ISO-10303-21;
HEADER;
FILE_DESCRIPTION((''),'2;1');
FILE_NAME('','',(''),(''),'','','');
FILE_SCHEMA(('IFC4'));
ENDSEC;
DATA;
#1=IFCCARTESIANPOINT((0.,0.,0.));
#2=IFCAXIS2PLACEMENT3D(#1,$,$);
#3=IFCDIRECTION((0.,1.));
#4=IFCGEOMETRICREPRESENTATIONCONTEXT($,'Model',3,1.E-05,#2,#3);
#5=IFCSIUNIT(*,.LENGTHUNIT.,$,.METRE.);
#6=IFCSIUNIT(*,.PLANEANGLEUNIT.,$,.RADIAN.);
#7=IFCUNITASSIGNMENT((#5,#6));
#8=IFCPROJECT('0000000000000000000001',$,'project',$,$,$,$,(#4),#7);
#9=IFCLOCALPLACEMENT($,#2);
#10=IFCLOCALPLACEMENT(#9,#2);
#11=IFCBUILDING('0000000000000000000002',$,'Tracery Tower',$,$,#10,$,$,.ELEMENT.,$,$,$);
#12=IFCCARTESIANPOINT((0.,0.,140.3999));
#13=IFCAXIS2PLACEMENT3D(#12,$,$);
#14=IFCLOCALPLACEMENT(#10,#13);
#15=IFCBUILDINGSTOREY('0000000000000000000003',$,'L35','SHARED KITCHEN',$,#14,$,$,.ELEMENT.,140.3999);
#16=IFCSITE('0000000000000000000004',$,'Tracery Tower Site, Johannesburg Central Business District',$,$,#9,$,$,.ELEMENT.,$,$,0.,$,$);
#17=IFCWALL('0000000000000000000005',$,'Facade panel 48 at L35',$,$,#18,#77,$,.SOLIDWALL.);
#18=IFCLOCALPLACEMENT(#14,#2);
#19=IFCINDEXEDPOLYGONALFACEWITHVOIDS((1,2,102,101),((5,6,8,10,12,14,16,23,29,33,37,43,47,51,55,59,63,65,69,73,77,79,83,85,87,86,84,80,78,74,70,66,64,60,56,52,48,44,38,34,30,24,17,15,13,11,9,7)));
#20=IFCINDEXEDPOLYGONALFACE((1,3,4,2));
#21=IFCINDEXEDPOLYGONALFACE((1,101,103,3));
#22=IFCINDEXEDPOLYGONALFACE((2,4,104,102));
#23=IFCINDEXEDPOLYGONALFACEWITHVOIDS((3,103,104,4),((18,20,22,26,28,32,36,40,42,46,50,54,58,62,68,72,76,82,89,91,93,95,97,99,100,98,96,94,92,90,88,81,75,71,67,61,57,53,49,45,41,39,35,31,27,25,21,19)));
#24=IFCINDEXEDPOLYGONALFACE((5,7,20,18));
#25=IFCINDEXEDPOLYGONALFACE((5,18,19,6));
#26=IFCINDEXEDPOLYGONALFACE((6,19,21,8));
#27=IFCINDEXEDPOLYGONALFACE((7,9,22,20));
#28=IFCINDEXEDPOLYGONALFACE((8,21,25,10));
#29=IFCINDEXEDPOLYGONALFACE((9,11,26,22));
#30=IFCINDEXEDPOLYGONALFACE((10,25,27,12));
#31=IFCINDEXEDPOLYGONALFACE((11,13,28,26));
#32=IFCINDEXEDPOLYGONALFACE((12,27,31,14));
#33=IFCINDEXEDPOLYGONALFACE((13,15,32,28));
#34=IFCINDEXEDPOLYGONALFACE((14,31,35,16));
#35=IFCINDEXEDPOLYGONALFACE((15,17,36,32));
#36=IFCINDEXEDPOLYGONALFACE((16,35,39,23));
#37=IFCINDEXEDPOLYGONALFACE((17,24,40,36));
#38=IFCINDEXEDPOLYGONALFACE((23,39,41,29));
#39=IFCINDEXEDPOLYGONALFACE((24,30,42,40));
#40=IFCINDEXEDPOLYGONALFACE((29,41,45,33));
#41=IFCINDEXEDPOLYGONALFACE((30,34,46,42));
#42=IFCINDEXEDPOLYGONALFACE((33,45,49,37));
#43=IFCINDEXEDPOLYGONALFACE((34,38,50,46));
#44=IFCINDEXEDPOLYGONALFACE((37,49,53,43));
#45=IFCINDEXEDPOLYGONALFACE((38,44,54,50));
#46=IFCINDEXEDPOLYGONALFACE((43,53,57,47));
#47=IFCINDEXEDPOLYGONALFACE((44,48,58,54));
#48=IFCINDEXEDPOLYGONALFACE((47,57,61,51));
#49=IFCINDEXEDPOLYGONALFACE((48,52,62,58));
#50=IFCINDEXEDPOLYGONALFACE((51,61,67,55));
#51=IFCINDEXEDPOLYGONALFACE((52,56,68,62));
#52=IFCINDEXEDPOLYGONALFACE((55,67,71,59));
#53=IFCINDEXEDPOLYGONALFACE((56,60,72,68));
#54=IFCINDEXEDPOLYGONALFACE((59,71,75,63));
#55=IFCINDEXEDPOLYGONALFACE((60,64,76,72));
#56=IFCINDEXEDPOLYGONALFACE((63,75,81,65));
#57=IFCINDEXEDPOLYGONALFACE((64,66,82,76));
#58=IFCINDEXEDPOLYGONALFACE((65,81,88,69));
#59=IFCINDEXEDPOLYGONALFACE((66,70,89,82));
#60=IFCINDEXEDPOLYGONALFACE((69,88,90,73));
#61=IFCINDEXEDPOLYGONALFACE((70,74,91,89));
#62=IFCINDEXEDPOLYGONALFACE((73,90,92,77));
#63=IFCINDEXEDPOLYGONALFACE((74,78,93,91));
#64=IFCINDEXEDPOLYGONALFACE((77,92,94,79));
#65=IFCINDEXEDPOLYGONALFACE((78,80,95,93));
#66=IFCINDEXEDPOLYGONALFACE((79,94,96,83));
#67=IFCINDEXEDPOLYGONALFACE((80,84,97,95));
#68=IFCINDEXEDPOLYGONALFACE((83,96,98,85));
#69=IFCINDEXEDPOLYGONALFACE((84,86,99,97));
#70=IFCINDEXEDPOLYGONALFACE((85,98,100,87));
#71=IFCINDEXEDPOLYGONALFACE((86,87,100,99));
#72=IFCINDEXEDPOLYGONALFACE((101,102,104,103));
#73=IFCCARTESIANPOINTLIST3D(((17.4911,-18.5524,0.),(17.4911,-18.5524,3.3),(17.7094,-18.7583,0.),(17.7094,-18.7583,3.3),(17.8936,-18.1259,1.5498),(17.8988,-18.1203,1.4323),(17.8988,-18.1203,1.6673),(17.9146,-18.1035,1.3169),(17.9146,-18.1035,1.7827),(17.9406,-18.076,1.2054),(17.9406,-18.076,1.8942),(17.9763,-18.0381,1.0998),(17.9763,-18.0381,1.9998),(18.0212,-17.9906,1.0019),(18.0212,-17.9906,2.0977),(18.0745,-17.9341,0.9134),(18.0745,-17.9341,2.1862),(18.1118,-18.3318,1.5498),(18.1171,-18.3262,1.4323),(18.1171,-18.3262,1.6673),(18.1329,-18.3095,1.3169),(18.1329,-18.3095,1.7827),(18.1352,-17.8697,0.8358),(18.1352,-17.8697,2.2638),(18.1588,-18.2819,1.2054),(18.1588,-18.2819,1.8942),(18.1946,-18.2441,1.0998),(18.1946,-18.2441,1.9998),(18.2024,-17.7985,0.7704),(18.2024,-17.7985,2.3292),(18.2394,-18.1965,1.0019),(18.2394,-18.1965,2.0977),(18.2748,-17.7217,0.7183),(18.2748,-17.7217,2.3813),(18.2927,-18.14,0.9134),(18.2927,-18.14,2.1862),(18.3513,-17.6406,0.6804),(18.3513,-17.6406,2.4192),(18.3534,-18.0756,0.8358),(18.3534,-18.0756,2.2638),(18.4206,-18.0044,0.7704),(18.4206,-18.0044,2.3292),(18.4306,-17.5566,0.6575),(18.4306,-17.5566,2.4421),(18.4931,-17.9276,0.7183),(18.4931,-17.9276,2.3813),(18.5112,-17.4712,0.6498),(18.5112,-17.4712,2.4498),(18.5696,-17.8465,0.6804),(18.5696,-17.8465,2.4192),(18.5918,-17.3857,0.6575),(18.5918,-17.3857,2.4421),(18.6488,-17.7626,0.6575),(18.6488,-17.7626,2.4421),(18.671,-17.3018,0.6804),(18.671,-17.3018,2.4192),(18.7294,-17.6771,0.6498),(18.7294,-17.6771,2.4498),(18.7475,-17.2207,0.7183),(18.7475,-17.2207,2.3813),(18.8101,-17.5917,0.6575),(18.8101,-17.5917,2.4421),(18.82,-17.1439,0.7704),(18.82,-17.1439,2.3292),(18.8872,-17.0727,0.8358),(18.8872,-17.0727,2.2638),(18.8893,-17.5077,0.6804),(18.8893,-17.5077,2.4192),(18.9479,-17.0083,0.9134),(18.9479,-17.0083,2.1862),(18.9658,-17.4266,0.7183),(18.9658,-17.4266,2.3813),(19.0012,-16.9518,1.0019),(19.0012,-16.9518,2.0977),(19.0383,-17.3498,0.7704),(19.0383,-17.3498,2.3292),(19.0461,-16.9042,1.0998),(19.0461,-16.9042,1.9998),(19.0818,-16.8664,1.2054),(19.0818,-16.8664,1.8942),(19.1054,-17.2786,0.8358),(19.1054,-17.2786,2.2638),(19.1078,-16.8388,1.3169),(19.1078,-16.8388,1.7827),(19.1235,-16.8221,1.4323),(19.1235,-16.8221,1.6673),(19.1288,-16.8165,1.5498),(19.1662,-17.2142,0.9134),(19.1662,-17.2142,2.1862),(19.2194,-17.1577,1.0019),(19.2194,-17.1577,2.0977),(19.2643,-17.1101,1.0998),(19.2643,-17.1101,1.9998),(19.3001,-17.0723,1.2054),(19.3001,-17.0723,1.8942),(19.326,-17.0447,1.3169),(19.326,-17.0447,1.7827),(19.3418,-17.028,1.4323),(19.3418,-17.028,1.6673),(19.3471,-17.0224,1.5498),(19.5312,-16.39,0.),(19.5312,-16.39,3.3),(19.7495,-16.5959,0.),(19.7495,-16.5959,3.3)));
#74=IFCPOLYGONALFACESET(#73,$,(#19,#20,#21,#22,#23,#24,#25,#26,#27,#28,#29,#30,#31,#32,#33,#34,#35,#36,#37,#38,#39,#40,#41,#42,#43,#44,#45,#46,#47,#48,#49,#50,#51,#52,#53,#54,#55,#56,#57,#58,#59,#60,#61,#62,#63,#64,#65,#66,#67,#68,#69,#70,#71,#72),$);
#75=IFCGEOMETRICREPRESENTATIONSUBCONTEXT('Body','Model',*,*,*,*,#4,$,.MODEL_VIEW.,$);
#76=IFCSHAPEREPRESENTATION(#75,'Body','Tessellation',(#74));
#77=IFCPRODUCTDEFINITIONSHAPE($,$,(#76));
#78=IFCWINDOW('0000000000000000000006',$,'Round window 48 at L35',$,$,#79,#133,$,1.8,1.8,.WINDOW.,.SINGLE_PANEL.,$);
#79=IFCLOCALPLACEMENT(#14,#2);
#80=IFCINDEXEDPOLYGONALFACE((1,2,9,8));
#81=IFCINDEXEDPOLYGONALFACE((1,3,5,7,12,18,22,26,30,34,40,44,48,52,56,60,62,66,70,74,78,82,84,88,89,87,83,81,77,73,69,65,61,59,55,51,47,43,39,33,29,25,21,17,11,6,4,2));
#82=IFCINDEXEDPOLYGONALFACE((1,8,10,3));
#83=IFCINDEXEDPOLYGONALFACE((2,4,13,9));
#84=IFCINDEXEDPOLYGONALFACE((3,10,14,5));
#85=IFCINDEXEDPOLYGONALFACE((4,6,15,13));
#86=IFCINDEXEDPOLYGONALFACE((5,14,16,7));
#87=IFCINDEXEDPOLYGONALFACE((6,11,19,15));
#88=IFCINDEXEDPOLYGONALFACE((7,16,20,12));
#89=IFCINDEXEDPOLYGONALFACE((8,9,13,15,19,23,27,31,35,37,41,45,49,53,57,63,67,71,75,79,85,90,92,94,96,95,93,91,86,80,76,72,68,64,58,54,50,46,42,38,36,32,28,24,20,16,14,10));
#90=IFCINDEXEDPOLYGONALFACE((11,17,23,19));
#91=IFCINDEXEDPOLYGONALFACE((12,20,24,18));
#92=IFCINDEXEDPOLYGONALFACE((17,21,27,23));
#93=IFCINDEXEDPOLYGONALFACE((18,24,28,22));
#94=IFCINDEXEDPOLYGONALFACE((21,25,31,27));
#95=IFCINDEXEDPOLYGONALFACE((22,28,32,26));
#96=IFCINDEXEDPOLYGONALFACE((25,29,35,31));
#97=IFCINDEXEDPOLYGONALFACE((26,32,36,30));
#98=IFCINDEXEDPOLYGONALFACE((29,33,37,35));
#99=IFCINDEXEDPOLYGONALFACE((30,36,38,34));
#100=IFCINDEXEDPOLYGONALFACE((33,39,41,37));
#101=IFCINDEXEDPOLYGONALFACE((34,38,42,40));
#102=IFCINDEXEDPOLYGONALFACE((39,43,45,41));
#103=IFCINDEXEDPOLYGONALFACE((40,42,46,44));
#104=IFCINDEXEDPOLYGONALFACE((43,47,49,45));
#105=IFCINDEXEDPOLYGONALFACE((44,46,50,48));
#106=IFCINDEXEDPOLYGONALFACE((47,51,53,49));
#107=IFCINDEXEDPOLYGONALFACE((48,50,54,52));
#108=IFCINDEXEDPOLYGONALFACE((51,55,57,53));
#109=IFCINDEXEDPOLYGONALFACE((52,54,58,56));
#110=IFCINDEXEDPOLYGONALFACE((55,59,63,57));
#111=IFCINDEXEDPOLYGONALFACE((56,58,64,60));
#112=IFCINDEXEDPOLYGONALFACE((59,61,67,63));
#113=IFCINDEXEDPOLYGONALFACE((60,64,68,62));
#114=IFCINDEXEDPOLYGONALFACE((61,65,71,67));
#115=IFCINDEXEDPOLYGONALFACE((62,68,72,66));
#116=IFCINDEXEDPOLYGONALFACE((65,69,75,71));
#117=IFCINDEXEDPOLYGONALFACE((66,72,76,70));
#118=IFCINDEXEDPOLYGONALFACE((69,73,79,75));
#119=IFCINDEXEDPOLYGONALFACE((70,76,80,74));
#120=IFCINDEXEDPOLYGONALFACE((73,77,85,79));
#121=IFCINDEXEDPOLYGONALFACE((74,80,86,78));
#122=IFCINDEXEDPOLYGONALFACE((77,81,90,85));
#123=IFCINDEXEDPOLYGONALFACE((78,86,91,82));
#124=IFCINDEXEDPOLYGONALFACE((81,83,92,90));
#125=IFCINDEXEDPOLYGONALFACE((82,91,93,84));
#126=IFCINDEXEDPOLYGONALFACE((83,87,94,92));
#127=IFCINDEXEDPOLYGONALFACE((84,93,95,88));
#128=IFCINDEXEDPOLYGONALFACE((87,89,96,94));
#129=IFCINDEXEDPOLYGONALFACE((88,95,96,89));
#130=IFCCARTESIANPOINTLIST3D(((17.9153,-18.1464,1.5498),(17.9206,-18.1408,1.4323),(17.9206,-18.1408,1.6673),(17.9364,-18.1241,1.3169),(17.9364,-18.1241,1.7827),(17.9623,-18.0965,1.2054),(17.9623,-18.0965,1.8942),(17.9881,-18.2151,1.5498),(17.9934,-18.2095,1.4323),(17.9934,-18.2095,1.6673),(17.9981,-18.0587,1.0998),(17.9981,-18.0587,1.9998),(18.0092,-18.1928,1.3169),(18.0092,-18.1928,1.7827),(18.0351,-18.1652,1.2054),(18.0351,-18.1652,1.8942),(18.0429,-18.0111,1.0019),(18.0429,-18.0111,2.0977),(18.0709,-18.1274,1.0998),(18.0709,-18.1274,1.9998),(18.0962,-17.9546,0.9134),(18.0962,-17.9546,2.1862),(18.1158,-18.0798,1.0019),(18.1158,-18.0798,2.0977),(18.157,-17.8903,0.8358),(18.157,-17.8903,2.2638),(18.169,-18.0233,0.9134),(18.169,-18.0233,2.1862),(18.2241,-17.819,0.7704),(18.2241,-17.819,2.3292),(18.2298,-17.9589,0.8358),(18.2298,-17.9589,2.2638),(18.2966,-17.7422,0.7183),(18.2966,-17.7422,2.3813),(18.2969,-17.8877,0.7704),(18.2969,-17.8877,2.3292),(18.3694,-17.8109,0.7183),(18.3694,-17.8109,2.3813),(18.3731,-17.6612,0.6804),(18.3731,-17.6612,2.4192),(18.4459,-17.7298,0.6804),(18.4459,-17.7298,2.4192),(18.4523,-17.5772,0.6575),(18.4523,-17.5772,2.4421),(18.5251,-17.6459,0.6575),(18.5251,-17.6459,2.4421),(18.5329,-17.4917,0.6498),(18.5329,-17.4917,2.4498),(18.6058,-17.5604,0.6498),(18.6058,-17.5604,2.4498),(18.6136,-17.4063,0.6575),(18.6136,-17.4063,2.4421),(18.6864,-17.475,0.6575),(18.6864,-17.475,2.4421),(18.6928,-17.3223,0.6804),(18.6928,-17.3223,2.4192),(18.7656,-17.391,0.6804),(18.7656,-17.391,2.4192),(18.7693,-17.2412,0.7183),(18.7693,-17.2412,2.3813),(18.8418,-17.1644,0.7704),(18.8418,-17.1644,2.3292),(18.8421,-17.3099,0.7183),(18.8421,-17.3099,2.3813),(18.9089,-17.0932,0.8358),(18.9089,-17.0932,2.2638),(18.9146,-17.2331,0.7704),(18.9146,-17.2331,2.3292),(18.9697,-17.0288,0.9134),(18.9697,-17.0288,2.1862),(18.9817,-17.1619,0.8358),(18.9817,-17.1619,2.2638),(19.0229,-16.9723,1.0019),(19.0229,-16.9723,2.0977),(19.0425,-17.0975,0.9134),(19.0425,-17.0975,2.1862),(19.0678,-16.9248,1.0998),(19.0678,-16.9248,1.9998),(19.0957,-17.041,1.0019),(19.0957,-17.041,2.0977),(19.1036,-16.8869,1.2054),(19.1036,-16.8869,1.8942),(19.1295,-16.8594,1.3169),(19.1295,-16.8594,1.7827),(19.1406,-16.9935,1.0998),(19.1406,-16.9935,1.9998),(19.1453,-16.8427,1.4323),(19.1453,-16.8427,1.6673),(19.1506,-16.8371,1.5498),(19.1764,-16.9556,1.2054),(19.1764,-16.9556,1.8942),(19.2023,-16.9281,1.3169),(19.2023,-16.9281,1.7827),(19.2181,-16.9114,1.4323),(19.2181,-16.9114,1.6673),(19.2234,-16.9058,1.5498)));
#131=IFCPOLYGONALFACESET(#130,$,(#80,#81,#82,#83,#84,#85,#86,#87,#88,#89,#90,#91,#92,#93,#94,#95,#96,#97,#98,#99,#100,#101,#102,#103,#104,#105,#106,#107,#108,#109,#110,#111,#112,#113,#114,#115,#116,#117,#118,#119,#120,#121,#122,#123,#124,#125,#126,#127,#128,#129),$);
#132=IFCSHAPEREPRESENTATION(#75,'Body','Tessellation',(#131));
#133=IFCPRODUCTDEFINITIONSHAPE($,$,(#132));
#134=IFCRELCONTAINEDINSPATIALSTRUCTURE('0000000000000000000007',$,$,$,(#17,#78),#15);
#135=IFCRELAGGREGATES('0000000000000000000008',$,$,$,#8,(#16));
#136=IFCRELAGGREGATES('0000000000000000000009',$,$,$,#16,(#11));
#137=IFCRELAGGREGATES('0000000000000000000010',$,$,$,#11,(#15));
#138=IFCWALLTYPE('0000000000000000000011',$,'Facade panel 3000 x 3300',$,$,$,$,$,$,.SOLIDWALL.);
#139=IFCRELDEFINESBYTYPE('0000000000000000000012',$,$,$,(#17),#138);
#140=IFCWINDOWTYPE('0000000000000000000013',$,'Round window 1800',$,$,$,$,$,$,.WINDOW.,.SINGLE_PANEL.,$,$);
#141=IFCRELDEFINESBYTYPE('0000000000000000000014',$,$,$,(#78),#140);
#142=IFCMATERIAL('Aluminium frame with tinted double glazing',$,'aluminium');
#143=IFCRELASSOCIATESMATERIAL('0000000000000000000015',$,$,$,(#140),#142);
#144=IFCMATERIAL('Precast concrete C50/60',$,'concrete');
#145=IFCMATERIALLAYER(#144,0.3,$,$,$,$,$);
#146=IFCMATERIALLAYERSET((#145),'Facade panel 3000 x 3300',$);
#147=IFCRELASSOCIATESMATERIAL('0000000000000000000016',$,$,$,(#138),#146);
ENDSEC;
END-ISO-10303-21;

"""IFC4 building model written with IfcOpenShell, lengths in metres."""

from ifc_helpers import new_model, si_unit, direction, frame, frame_2d, origin, origin_2d, place, context, subcontext, project, spatial, rectangle, circle, extrude, material, layer, layer_set, type_object, element, fill, save


model = new_model("IFC4")

# Units and contexts
model_context = context("Model", 3, precision=1e-05, world=origin(), true_north=direction((0.0, 1.0)))
body_context = subcontext(model_context, "Body", "Model", "MODEL_VIEW")
ifc_project = project(units=[si_unit("LENGTHUNIT", "METRE"), si_unit("PLANEANGLEUNIT", "RADIAN")], contexts=[model_context])

# Site, building, storey
site_placement = place(None, origin())
site = spatial("IfcSite", under=ifc_project, at=site_placement, Name="Tracery Tower Site, Johannesburg Central Business District", CompositionType="ELEMENT", RefElevation=0.0)
building_placement = place(site_placement, origin())
building = spatial("IfcBuilding", under=site, at=building_placement, Name="Tracery Tower", CompositionType="ELEMENT")
storey_placement = place(building_placement, frame((0.0, 0.0, 140.3999)))
storey = spatial("IfcBuildingStorey", under=building, at=storey_placement, Name="L35", Description="SHARED KITCHEN", CompositionType="ELEMENT", Elevation=140.3999)

# Wall, opening, window
ifc_material_1 = material(Name="Aluminium frame with tinted double glazing", Category="aluminium")
window_type = type_object("IfcWindowType", Name="Round window 1800", PartitioningType="SINGLE_PANEL", PredefinedType="WINDOW", material=ifc_material_1)
ifc_material_2 = material(Name="Precast concrete C50/60", Category="concrete")
ifc_layer_1 = layer(ifc_material_2, 0.3)
ifc_layer_set_1 = layer_set([ifc_layer_1], Name="Facade panel 3000 x 3300")
wall_type_1 = type_object("IfcWallType", Name="Facade panel 3000 x 3300", PredefinedType="SOLIDWALL", material=ifc_layer_set_1)
wall_1_placement = place(storey_placement, frame((17.6003, -18.6553, 0.0), z_axis=(0.0, 0.0, 1.0), x_axis=(0.686235, 0.72738, 0.0)))
wall_1 = element("IfcWall", 1, at=wall_1_placement, inside=storey, type_object=wall_type_1, Name="Facade panel 48 at L35", PredefinedType="SOLIDWALL", context=body_context, shape_type="SweptSolid", body=[
    extrude(rectangle(XDim=2.9729, YDim=0.3, at=frame_2d((1.4863, 0.0))), origin(), (0.0, 0.0, 1.0), 3.3),
])
opening_1_placement = place(wall_1_placement, frame((1.4863, 0.0, 1.5498)))
opening_1 = element("IfcOpeningElement", 2, at=opening_1_placement, cuts=wall_1, PredefinedType="OPENING", context=body_context, shape_type="SweptSolid", body=[
    extrude(circle(Radius=0.9, at=origin_2d()), frame((0.0, 0.1599, 0.0), z_axis=(0.0, -1.0, 0.0), x_axis=(1.0, 0.0, 0.0)), (0.0, 0.0, 1.0), 0.3201),
])
window_1_placement = place(opening_1_placement, origin())
window_1 = element("IfcWindow", 3, at=window_1_placement, inside=storey, type_object=window_type, Name="Round window 48 at L35", OverallHeight=1.8, OverallWidth=1.8, PartitioningType="SINGLE_PANEL", PredefinedType="WINDOW", context=body_context, shape_type="SweptSolid", body=[
    extrude(circle(Radius=0.9, at=origin_2d()), frame((0.0, 0.1201, 0.0), z_axis=(0.0, -1.0, 0.0), x_axis=(1.0, 0.0, 0.0)), (0.0, 0.0, 1.0), 0.1001),
])
fill(opening_1, window_1)

save(model, "model.ifc")
